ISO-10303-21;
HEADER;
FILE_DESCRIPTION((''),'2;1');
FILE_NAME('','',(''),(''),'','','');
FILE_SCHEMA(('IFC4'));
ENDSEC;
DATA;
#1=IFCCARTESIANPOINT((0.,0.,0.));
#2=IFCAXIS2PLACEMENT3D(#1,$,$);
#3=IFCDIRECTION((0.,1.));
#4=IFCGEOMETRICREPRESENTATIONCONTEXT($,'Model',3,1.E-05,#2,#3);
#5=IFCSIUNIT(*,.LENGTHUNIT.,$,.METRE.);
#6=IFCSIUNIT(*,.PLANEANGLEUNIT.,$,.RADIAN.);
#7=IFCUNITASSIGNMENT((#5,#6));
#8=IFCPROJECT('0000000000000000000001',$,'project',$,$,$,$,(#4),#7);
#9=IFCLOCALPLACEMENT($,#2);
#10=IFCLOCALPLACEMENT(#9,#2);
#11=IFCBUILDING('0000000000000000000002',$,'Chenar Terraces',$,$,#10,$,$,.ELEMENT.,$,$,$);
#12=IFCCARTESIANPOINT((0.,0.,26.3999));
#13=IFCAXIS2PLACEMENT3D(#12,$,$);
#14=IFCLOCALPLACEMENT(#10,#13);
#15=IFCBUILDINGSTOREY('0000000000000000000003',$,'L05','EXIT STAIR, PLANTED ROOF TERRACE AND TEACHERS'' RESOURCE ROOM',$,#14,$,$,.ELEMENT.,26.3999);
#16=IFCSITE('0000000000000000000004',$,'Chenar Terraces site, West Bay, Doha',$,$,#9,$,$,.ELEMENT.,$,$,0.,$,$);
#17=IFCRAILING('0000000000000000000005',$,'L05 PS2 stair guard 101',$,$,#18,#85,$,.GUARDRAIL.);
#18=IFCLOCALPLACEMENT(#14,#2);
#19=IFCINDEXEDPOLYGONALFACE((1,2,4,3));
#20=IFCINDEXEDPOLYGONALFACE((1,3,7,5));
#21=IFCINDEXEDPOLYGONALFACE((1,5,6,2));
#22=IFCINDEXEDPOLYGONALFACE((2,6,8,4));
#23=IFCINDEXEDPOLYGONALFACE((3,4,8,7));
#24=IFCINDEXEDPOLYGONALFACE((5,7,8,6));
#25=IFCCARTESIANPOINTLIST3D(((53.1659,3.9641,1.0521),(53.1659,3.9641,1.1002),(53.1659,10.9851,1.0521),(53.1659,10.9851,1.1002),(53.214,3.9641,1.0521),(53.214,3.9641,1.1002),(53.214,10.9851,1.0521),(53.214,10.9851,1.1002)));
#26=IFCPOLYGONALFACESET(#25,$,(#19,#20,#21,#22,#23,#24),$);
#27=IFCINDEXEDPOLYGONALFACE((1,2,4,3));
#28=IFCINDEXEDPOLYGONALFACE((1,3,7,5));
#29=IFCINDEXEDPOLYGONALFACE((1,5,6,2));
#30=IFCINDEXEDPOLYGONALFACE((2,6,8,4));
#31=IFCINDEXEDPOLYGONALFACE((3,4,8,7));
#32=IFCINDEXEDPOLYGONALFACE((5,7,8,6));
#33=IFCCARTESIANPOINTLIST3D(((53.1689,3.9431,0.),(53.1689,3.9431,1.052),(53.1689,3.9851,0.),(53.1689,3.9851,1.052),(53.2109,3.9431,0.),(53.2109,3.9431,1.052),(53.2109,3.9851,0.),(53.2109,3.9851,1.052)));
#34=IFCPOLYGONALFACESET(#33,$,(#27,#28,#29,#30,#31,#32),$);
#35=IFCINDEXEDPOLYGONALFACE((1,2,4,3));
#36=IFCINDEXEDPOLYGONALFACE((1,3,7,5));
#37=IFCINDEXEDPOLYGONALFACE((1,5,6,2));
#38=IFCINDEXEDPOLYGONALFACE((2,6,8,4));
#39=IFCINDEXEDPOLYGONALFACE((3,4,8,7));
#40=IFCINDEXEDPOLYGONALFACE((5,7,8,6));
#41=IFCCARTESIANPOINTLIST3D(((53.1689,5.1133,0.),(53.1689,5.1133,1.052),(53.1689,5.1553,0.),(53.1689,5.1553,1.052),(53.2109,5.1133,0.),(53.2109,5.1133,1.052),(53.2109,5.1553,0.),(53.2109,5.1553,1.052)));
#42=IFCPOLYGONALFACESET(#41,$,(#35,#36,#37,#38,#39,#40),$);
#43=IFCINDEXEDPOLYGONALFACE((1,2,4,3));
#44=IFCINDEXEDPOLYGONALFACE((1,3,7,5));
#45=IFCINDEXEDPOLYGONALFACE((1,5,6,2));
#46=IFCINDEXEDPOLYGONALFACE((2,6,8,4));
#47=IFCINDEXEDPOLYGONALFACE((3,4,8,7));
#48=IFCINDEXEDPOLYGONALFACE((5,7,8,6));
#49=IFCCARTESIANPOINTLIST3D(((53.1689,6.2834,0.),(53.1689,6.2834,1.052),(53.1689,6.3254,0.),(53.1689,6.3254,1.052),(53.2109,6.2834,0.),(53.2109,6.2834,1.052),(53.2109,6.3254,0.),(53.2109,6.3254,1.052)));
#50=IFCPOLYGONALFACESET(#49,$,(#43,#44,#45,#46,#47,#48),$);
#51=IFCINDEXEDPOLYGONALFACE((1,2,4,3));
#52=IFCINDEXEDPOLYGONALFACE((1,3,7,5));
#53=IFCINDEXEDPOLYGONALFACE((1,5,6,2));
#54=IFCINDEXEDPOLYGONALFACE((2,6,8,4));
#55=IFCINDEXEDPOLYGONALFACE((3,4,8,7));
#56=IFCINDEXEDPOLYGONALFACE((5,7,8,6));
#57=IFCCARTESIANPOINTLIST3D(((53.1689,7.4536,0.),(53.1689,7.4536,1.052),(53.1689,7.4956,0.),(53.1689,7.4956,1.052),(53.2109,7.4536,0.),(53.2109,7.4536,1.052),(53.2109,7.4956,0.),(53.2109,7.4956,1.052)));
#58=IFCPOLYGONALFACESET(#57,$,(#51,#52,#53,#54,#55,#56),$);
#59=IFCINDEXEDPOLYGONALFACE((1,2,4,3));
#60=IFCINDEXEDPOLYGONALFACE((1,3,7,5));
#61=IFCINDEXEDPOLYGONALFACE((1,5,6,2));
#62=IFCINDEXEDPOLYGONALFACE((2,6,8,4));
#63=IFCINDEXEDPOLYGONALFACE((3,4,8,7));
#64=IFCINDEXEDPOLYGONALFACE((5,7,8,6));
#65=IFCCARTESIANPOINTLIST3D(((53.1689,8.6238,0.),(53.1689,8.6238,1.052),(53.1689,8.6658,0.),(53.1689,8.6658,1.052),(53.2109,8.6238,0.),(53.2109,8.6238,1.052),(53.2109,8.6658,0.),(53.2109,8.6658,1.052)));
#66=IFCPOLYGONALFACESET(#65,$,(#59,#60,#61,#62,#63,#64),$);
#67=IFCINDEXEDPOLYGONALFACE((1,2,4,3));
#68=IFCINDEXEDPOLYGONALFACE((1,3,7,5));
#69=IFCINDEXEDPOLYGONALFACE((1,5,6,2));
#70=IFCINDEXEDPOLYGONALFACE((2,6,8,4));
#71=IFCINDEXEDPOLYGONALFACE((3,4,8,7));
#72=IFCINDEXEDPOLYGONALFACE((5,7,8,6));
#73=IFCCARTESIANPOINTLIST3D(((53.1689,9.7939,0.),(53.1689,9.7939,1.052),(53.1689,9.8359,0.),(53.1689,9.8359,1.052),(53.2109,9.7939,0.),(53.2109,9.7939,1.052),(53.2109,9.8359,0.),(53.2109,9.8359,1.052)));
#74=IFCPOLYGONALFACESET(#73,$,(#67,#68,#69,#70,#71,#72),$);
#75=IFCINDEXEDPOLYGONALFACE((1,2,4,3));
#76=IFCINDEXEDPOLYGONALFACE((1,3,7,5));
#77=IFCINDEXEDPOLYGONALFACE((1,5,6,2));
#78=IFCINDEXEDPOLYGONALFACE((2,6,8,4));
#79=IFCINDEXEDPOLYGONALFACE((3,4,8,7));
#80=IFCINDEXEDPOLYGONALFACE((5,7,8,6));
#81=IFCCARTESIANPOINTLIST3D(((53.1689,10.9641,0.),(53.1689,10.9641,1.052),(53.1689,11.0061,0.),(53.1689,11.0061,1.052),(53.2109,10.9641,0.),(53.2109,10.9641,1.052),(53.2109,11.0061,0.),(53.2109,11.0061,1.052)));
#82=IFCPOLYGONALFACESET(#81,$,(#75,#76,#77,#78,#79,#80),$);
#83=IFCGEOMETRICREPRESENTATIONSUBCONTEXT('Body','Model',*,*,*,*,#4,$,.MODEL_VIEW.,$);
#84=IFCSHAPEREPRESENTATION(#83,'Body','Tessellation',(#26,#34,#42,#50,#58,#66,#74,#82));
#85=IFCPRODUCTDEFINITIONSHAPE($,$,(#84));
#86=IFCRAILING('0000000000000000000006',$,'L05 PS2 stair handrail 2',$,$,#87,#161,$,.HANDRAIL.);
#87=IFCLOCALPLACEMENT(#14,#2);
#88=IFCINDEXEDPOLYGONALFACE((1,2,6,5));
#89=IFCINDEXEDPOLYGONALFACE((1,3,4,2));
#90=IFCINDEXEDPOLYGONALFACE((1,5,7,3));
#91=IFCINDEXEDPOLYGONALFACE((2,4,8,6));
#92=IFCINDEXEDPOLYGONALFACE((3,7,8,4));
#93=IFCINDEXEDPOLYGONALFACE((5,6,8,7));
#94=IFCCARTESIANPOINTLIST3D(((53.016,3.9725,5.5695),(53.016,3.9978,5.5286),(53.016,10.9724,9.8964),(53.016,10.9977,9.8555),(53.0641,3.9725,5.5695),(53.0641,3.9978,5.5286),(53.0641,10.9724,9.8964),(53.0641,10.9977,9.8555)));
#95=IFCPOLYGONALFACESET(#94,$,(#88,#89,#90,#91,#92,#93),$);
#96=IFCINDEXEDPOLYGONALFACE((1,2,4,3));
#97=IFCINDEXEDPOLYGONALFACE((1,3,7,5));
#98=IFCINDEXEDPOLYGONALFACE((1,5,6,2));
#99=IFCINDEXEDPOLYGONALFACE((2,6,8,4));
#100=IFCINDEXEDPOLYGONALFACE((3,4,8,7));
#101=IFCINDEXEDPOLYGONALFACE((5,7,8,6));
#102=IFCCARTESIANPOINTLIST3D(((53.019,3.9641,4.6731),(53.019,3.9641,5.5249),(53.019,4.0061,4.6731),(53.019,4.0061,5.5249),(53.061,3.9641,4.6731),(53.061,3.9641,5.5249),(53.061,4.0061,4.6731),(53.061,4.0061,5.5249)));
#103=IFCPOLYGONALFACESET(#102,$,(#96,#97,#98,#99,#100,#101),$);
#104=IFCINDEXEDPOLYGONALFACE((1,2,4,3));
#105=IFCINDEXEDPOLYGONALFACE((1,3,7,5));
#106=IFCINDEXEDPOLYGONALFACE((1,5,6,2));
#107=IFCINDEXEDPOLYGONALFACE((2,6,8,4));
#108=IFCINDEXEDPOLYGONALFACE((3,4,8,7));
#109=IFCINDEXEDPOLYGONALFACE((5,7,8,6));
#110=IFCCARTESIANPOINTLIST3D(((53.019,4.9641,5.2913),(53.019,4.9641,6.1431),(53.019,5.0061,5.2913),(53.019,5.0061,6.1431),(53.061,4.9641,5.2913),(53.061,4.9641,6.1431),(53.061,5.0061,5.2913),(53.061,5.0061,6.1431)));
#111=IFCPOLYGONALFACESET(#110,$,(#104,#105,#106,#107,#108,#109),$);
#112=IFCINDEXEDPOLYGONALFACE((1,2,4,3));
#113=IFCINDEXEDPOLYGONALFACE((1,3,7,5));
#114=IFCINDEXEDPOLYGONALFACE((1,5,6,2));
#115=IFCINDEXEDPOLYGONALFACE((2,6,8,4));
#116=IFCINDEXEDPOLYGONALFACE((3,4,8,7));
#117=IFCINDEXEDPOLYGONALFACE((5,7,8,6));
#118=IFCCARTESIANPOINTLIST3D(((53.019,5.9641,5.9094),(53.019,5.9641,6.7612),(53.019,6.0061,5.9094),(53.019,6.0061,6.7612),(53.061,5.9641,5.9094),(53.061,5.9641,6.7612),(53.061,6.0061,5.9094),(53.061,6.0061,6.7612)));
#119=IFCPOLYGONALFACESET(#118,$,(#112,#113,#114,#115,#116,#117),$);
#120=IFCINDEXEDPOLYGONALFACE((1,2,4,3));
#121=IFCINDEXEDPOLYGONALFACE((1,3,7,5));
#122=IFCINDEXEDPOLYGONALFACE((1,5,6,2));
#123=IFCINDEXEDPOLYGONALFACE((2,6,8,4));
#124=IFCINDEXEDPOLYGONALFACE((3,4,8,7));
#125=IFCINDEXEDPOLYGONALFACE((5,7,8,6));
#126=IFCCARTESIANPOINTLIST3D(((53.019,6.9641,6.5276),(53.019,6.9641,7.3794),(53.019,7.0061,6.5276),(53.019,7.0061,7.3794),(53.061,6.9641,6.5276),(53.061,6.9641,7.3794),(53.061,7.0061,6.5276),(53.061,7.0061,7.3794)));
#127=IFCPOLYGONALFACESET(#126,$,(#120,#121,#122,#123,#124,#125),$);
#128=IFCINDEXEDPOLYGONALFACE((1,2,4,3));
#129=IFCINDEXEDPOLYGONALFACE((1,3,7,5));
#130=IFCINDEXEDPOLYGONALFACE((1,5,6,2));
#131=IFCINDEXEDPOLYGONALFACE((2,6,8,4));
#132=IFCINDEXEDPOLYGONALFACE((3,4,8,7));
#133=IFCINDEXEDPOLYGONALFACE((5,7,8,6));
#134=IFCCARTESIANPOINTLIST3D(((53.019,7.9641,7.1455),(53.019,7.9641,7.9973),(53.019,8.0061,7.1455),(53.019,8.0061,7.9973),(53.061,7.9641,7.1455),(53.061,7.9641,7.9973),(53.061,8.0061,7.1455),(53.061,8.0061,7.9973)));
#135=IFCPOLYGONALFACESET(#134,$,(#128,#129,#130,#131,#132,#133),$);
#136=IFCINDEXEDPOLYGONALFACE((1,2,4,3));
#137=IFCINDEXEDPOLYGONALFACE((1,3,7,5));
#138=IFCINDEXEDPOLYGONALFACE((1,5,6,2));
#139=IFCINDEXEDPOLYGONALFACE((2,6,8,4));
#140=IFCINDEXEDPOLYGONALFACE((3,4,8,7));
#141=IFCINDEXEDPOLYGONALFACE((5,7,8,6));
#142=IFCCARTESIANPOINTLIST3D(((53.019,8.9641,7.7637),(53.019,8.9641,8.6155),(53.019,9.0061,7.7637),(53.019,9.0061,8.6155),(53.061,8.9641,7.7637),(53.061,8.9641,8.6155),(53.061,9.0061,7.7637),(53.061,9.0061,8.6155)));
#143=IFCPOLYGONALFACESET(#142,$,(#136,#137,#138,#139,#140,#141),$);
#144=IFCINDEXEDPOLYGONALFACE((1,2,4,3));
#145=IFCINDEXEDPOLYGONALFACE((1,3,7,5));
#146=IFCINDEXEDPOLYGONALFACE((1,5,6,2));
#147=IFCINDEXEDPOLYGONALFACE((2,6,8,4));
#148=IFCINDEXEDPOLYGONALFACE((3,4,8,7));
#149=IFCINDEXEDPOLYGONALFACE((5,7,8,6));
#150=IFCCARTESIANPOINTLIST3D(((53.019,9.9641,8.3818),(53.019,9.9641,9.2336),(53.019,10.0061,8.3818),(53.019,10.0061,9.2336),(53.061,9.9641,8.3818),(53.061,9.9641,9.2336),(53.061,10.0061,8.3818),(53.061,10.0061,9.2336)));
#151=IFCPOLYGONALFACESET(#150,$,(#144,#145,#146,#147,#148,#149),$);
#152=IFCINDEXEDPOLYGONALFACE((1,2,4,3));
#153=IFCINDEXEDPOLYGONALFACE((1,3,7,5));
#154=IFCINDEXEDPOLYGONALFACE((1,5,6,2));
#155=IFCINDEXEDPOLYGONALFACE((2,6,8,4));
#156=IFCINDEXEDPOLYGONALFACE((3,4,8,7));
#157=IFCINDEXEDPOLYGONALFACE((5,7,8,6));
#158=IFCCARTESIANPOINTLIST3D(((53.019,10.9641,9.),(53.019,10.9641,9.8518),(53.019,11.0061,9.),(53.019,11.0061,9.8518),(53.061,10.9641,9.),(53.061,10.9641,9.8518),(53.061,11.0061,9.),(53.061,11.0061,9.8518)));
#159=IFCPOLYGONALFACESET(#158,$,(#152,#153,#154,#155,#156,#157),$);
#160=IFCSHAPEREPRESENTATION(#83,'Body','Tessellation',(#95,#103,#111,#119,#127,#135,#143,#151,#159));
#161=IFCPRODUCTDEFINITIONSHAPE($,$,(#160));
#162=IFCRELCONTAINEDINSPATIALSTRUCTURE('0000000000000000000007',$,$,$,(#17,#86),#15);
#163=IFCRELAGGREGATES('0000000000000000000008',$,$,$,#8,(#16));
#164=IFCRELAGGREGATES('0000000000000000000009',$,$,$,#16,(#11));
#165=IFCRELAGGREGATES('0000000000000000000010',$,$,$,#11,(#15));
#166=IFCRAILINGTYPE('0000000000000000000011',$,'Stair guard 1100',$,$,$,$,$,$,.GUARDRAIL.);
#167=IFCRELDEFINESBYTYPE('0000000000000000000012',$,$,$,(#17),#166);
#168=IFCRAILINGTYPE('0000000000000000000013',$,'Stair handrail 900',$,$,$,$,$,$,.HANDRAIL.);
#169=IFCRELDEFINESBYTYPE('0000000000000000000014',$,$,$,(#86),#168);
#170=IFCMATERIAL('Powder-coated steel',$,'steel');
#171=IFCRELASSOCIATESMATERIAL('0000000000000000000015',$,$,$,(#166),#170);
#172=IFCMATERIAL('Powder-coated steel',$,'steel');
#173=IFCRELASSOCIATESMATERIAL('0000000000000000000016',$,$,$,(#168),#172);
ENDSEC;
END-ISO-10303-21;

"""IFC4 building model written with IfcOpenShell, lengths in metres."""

from ifc_helpers import new_model, si_unit, direction, frame, origin, origin_2d, place, context, subcontext, project, spatial, rectangle, extrude, material, type_object, element, save


model = new_model("IFC4")

# Units and contexts
model_context = context("Model", 3, precision=1e-05, world=origin(), true_north=direction((0.0, 1.0)))
body_context = subcontext(model_context, "Body", "Model", "MODEL_VIEW")
ifc_project = project(units=[si_unit("LENGTHUNIT", "METRE"), si_unit("PLANEANGLEUNIT", "RADIAN")], contexts=[model_context])

# Site, building, storey
site_placement = place(None, origin())
site = spatial("IfcSite", under=ifc_project, at=site_placement, Name="Chenar Terraces site, West Bay, Doha", CompositionType="ELEMENT", RefElevation=0.0)
building_placement = place(site_placement, origin())
building = spatial("IfcBuilding", under=site, at=building_placement, Name="Chenar Terraces", CompositionType="ELEMENT")
storey_placement = place(building_placement, frame((0.0, 0.0, 26.3999)))
storey = spatial("IfcBuildingStorey", under=building, at=storey_placement, Name="L05", Description="EXIT STAIR, PLANTED ROOF TERRACE AND TEACHERS' RESOURCE ROOM", CompositionType="ELEMENT", Elevation=26.3999)

# Railings
ifc_material_1 = material(Name="Powder-coated steel", Category="steel")
railing_type_1 = type_object("IfcRailingType", Name="Stair guard 1100", PredefinedType="GUARDRAIL", material=ifc_material_1)
railing_1_placement = place(storey_placement, frame((53.1899, 3.9641, 0.0)))
element("IfcRailing", 1, at=railing_1_placement, inside=storey, type_object=railing_type_1, Name="L05 PS2 stair guard 101", PredefinedType="GUARDRAIL", context=body_context, shape_type="SweptSolid", body=[
    extrude(rectangle(XDim=0.0481, YDim=0.0481, at=origin_2d()), frame((0.0, 0.0, 1.0762), z_axis=(0.0, 1.0, 0.0), x_axis=(-1.0, 0.0, 0.0)), (0.0, 0.0, 1.0), 7.021),
    extrude(rectangle(XDim=0.042, YDim=0.042, at=origin_2d()), origin(), (0.0, 0.0, 1.0), 1.052),
    extrude(rectangle(XDim=0.042, YDim=0.042, at=origin_2d()), frame((0.0, 1.1702, 0.0)), (0.0, 0.0, 1.0), 1.052),
    extrude(rectangle(XDim=0.042, YDim=0.042, at=origin_2d()), frame((0.0, 2.3403, 0.0)), (0.0, 0.0, 1.0), 1.052),
    extrude(rectangle(XDim=0.042, YDim=0.042, at=origin_2d()), frame((0.0, 3.5105, 0.0)), (0.0, 0.0, 1.0), 1.052),
    extrude(rectangle(XDim=0.042, YDim=0.042, at=origin_2d()), frame((0.0, 4.6807, 0.0)), (0.0, 0.0, 1.0), 1.052),
    extrude(rectangle(XDim=0.042, YDim=0.042, at=origin_2d()), frame((0.0, 5.8508, 0.0)), (0.0, 0.0, 1.0), 1.052),
    extrude(rectangle(XDim=0.042, YDim=0.042, at=origin_2d()), frame((0.0, 7.021, 0.0)), (0.0, 0.0, 1.0), 1.052),
])
ifc_material_2 = material(Name="Powder-coated steel", Category="steel")
railing_type_2 = type_object("IfcRailingType", Name="Stair handrail 900", PredefinedType="HANDRAIL", material=ifc_material_2)
railing_2_placement = place(storey_placement, frame((53.04, 3.9851, 4.6731)))
element("IfcRailing", 2, at=railing_2_placement, inside=storey, type_object=railing_type_2, Name="L05 PS2 stair handrail 2", PredefinedType="HANDRAIL", context=body_context, shape_type="SweptSolid", body=[
    extrude(rectangle(XDim=0.0481, YDim=0.0481, at=origin_2d()), frame((0.0, 0.0, 0.876), z_axis=(0.0, 0.850615, 0.52579), x_axis=(-1.0, 0.0, 0.0)), (0.0, 0.0, 1.0), 8.2292),
    extrude(rectangle(XDim=0.042, YDim=0.042, at=origin_2d()), origin(), (0.0, 0.0, 1.0), 0.8518),
    extrude(rectangle(XDim=0.042, YDim=0.042, at=origin_2d()), frame((0.0, 1.0, 0.6182)), (0.0, 0.0, 1.0), 0.8518),
    extrude(rectangle(XDim=0.042, YDim=0.042, at=origin_2d()), frame((0.0, 2.0, 1.2363)), (0.0, 0.0, 1.0), 0.8518),
    extrude(rectangle(XDim=0.042, YDim=0.042, at=origin_2d()), frame((0.0, 3.0, 1.8545)), (0.0, 0.0, 1.0), 0.8518),
    extrude(rectangle(XDim=0.042, YDim=0.042, at=origin_2d()), frame((0.0, 4.0, 2.4724)), (0.0, 0.0, 1.0), 0.8518),
    extrude(rectangle(XDim=0.042, YDim=0.042, at=origin_2d()), frame((0.0, 5.0, 3.0906)), (0.0, 0.0, 1.0), 0.8518),
    extrude(rectangle(XDim=0.042, YDim=0.042, at=origin_2d()), frame((0.0, 6.0, 3.7087)), (0.0, 0.0, 1.0), 0.8518),
    extrude(rectangle(XDim=0.042, YDim=0.042, at=origin_2d()), frame((0.0, 7.0, 4.3269)), (0.0, 0.0, 1.0), 0.8518),
])

save(model, "model.ifc")
